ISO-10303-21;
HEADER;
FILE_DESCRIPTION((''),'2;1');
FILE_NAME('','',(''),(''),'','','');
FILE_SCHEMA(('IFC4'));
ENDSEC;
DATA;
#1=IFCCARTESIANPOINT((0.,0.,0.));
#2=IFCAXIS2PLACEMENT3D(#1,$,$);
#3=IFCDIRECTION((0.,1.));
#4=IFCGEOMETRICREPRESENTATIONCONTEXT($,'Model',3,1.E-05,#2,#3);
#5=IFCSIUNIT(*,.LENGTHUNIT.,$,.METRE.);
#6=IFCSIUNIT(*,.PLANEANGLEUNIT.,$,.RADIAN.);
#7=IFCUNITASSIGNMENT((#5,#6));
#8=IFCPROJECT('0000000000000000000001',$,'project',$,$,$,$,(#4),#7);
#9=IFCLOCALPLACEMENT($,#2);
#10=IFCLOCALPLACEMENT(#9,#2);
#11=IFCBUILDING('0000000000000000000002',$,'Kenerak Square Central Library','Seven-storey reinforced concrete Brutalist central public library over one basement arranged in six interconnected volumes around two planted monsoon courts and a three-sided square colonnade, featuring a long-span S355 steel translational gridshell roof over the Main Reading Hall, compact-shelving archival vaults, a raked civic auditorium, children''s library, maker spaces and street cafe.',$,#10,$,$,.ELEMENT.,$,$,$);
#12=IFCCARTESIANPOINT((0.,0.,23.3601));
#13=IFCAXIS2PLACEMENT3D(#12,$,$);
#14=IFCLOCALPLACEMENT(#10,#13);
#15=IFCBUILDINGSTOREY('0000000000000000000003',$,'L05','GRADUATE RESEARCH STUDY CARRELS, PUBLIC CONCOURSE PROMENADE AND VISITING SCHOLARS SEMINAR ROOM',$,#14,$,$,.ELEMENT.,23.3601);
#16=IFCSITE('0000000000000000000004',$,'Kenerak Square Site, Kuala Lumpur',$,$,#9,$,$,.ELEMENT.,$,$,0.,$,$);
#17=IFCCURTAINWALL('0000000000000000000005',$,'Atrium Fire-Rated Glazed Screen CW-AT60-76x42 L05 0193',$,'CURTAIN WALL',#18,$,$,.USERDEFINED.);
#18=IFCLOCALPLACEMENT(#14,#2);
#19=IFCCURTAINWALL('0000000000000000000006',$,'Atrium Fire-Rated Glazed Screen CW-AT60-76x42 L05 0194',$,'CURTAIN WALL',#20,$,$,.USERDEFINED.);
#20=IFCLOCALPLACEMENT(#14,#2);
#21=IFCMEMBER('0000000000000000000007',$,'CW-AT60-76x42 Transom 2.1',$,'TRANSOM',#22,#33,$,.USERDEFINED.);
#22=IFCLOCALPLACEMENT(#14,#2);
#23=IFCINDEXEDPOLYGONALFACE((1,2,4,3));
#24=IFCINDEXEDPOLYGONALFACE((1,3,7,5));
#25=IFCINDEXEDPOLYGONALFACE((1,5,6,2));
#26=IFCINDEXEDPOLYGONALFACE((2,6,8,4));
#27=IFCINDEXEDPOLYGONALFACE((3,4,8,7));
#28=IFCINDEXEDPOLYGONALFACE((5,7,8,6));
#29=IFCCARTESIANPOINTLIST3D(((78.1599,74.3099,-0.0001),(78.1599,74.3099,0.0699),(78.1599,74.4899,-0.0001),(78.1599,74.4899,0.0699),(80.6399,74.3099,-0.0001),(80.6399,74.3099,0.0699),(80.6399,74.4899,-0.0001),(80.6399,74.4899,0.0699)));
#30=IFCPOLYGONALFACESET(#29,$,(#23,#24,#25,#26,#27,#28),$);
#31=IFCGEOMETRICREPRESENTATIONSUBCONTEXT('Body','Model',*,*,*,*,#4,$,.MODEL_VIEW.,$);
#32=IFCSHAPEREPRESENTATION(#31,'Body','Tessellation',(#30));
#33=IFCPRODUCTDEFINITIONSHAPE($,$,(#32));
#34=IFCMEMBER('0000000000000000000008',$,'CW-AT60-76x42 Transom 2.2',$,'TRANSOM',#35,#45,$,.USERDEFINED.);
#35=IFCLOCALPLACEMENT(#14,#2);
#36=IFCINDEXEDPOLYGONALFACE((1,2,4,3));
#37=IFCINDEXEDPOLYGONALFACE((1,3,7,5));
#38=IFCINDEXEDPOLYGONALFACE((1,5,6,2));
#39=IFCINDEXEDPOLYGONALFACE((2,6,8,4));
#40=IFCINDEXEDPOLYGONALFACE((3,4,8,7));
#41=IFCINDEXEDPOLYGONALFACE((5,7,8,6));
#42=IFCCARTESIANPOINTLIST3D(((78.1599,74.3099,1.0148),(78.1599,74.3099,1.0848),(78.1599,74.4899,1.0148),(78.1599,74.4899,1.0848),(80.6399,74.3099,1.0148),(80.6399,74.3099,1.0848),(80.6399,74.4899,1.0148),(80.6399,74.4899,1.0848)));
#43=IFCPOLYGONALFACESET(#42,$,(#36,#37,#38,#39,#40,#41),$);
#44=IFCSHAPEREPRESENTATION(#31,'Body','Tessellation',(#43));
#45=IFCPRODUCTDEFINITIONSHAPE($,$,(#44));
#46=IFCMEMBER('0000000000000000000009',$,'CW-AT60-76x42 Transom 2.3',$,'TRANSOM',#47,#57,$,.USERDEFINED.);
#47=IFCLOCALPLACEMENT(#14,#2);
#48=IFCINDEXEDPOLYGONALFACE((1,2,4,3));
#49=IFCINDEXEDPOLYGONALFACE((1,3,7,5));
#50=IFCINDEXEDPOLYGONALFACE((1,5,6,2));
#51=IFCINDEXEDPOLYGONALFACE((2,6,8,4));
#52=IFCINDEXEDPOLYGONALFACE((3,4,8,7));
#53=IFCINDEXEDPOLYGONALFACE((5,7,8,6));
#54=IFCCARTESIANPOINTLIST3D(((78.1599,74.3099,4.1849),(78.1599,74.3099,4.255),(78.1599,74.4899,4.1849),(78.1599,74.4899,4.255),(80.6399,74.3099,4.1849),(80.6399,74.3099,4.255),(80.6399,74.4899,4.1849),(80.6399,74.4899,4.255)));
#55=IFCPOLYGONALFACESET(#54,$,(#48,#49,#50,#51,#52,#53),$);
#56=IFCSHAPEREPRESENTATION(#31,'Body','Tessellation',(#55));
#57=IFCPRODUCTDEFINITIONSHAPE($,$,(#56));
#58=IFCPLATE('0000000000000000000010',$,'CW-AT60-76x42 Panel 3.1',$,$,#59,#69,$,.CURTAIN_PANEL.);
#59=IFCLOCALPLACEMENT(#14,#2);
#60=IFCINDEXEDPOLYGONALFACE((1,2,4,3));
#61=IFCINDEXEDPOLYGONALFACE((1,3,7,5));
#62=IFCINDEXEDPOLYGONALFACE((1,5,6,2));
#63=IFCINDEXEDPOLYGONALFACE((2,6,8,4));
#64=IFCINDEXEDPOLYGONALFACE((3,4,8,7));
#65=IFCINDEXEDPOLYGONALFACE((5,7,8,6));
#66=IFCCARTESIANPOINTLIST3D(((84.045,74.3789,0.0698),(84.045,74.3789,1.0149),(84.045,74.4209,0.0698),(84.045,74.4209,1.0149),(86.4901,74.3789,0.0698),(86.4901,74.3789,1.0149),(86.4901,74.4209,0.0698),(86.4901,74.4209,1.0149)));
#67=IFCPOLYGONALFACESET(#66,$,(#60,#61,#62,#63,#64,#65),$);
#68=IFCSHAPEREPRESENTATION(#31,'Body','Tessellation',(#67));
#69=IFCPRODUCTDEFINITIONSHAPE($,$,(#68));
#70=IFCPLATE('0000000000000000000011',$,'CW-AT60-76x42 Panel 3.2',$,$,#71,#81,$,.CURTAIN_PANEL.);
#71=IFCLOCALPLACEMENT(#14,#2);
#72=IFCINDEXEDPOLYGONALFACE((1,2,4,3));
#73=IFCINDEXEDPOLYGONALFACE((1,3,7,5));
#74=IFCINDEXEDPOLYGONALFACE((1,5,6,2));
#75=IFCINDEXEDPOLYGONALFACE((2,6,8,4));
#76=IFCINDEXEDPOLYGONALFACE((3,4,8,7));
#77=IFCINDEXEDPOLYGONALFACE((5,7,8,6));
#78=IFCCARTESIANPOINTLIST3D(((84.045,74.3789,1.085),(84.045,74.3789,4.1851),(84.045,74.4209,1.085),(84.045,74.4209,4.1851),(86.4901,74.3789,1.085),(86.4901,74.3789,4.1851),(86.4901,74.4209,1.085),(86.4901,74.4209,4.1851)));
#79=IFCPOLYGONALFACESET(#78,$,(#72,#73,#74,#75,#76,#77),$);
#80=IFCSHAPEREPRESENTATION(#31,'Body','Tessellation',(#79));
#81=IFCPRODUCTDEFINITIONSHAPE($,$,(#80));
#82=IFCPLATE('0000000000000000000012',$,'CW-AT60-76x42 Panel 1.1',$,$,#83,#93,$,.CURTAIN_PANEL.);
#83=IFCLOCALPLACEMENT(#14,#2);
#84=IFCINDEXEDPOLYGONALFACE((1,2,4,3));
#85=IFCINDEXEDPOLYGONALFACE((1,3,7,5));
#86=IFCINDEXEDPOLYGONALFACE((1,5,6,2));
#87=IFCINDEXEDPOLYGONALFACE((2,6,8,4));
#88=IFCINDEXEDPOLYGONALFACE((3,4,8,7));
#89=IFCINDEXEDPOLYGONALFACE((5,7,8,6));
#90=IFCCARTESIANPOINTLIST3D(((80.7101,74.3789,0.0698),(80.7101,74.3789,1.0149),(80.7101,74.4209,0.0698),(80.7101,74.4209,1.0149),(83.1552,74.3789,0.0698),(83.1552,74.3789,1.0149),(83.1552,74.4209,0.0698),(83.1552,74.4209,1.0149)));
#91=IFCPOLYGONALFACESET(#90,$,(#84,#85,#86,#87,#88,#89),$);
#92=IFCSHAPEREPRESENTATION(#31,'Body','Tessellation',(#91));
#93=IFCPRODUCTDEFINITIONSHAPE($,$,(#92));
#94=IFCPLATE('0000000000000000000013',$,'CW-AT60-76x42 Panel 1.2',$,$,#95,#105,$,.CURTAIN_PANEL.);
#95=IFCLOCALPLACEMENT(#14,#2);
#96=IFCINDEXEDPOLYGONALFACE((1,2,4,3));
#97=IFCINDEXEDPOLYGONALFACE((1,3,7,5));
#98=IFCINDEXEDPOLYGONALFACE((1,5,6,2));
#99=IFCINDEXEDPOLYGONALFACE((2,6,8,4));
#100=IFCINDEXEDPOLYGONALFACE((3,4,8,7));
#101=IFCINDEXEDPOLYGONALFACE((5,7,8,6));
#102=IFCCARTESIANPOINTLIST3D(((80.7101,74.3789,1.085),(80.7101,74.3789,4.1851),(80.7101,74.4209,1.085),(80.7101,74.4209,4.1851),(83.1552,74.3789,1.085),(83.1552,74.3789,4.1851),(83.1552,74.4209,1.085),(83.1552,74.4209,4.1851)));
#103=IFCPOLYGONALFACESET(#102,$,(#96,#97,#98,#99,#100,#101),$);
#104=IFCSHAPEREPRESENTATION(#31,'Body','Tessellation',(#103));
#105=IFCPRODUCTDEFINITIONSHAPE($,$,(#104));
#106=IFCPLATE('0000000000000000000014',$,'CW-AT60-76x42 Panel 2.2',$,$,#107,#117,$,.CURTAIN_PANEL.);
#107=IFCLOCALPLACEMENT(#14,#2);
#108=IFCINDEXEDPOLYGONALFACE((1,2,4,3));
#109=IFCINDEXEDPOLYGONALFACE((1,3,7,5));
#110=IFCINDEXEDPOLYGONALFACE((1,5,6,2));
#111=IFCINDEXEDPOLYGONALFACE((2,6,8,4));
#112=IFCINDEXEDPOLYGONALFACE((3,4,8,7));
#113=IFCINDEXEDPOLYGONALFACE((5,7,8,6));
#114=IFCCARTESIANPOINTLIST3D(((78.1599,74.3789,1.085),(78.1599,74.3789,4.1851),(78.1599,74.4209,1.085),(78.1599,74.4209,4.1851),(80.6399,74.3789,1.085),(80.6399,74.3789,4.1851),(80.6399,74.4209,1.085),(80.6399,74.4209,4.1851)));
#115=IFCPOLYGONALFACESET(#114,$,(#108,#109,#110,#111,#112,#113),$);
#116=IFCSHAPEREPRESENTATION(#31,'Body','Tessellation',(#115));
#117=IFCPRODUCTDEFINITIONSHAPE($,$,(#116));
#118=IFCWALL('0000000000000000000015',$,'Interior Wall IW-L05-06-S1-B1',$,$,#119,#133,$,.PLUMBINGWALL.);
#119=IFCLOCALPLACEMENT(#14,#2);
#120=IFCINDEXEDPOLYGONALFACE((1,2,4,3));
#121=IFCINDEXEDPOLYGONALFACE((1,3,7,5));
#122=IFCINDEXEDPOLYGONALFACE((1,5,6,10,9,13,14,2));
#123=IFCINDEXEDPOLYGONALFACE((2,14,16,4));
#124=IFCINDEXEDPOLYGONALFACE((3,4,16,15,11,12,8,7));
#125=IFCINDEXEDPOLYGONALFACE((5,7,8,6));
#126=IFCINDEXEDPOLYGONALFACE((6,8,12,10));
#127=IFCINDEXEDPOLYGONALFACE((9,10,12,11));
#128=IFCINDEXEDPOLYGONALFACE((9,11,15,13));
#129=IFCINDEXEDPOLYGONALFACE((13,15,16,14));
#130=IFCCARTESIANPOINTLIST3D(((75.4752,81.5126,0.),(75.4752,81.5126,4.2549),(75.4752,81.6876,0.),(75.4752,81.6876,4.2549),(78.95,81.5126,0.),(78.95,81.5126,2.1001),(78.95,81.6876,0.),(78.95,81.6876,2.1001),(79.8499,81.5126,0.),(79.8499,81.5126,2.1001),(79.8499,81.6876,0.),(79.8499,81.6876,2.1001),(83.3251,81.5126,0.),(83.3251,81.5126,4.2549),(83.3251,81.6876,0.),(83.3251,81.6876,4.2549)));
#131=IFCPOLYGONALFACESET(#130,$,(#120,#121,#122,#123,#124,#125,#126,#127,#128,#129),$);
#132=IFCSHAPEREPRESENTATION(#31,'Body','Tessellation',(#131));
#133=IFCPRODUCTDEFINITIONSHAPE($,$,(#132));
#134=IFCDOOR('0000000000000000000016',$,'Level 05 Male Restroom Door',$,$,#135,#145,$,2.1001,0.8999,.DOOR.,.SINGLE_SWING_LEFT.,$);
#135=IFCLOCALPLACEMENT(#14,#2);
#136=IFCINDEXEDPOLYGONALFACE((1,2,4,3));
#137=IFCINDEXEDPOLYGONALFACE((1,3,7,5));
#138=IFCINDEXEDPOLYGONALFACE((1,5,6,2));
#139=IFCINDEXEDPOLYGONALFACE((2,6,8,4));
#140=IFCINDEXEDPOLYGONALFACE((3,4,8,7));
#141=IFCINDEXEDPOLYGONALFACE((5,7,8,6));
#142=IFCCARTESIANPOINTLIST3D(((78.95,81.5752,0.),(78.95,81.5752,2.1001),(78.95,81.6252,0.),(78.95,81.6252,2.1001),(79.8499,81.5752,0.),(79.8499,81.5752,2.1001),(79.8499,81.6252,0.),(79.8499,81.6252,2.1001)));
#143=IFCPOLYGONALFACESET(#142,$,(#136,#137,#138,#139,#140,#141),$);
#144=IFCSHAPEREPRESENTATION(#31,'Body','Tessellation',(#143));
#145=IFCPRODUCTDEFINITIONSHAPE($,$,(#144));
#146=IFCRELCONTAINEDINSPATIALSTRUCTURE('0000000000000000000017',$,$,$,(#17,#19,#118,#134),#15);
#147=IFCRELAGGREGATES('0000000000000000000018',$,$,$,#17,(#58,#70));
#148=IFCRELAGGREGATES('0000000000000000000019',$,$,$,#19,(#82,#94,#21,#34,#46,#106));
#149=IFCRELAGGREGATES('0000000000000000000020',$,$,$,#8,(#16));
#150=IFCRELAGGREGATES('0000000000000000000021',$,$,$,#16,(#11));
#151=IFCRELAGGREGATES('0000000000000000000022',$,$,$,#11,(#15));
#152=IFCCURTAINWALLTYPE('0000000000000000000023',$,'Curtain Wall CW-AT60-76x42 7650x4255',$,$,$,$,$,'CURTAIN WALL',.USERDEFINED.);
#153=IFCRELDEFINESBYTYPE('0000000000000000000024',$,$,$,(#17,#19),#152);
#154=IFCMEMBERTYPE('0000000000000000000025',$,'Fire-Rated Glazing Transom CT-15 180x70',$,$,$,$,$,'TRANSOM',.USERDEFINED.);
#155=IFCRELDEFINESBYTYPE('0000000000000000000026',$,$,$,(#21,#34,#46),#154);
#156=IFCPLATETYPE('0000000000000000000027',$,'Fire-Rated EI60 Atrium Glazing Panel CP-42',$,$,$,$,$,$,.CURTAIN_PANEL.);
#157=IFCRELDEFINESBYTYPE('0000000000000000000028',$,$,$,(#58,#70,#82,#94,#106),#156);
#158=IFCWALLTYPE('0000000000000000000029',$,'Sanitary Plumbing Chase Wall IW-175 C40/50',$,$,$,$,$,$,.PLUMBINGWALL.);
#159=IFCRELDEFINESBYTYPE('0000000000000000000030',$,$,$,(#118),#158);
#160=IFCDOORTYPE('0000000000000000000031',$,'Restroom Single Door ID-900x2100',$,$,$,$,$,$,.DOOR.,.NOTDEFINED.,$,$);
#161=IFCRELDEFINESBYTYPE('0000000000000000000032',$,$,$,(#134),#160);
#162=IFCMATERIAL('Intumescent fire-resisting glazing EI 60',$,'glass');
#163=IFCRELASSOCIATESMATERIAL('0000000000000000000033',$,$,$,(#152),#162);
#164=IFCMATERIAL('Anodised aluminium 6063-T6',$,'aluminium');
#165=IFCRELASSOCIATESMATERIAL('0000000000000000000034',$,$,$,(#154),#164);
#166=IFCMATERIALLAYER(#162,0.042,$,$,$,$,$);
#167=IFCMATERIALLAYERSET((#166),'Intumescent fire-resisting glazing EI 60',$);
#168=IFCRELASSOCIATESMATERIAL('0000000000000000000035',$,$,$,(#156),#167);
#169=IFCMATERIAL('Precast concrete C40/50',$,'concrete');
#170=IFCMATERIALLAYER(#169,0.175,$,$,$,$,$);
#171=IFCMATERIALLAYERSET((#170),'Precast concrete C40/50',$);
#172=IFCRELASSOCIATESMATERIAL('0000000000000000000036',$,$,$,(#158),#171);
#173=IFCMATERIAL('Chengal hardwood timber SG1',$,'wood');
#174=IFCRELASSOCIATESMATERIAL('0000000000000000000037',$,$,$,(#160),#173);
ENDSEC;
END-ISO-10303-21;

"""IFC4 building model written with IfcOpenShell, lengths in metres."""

from ifc_helpers import new_model, si_unit, direction, frame, frame_2d, origin, origin_2d, place, context, subcontext, project, spatial, rectangle, extrude, material, layer, layer_set, material_profile, profile_set, type_object, element, fill, aggregate, save


model = new_model("IFC4")

# Units and contexts
model_context = context("Model", 3, precision=1e-05, world=origin(), true_north=direction((0.0, 1.0)))
body_context = subcontext(model_context, "Body", "Model", "MODEL_VIEW")
ifc_project = project(units=[si_unit("LENGTHUNIT", "METRE"), si_unit("PLANEANGLEUNIT", "RADIAN")], contexts=[model_context])

# Site, building, storey
site_placement = place(None, origin())
site = spatial("IfcSite", under=ifc_project, at=site_placement, Name="Kenerak Square Site, Kuala Lumpur", CompositionType="ELEMENT", RefElevation=0.0)
building_placement = place(site_placement, origin())
building = spatial("IfcBuilding", under=site, at=building_placement, Name="Kenerak Square Central Library", Description="Seven-storey reinforced concrete Brutalist central public library over one basement arranged in six interconnected volumes around two planted monsoon courts and a three-sided square colonnade, featuring a long-span S355 steel translational gridshell roof over the Main Reading Hall, compact-shelving archival vaults, a raked civic auditorium, children's library, maker spaces and street cafe.", CompositionType="ELEMENT")
storey_placement = place(building_placement, frame((0.0, 0.0, 23.3601)))
storey = spatial("IfcBuildingStorey", under=building, at=storey_placement, Name="L05", Description="GRADUATE RESEARCH STUDY CARRELS, PUBLIC CONCOURSE PROMENADE AND VISITING SCHOLARS SEMINAR ROOM", CompositionType="ELEMENT", Elevation=23.3601)

# Curtain walls
ifc_material_1 = material(Name="Intumescent fire-resisting glazing EI 60", Category="glass")
curtain_wall_type = type_object("IfcCurtainWallType", Name="Curtain Wall CW-AT60-76x42 7650x4255", ElementType="CURTAIN WALL", PredefinedType="USERDEFINED", material=ifc_material_1)
curtain_wall_1_placement = place(storey_placement, origin())
curtain_wall_1 = element("IfcCurtainWall", 1, at=curtain_wall_1_placement, inside=storey, type_object=curtain_wall_type, Name="Atrium Fire-Rated Glazed Screen CW-AT60-76x42 L05 0193", ObjectType="CURTAIN WALL", PredefinedType="USERDEFINED")
ifc_material_2 = material(Name="Anodised aluminium 6063-T6", Category="aluminium")
curtain_wall_2_placement = place(storey_placement, origin())
curtain_wall_2 = element("IfcCurtainWall", 2, at=curtain_wall_2_placement, inside=storey, type_object=curtain_wall_type, Name="Atrium Fire-Rated Glazed Screen CW-AT60-76x42 L05 0194", ObjectType="CURTAIN WALL", PredefinedType="USERDEFINED")

# Members
ifc_material_profile_1 = material_profile(ifc_material_2, rectangle(XDim=0.1799, YDim=0.0701, at=origin_2d()), Name="AL TRANSOM 180x70")
ifc_profile_set_1 = profile_set([ifc_material_profile_1], Name="Anodised aluminium 6063-T6")
member_type_1 = type_object("IfcMemberType", Name="Fire-Rated Glazing Transom CT-15 180x70", ElementType="TRANSOM", PredefinedType="USERDEFINED", material=ifc_profile_set_1)
member_1_placement = place(storey_placement, frame((80.6399, 74.3999, 0.0349), z_axis=(-1.0, 0.0, 0.0), x_axis=(0.0, -1.0, 0.0)))
member_1 = element("IfcMember", 3, at=member_1_placement, type_object=member_type_1, Name="CW-AT60-76x42 Transom 2.1", ObjectType="TRANSOM", PredefinedType="USERDEFINED", context=body_context, shape_type="SweptSolid", body=[
    extrude(rectangle(XDim=0.1799, YDim=0.0701, at=origin_2d()), origin(), (0.0, 0.0, 1.0), 2.48),
])
member_2_placement = place(storey_placement, frame((80.6399, 74.3999, 1.0498), z_axis=(-1.0, 0.0, 0.0), x_axis=(0.0, -1.0, 0.0)))
member_2 = element("IfcMember", 4, at=member_2_placement, type_object=member_type_1, Name="CW-AT60-76x42 Transom 2.2", ObjectType="TRANSOM", PredefinedType="USERDEFINED", context=body_context, shape_type="SweptSolid", body=[
    extrude(rectangle(XDim=0.1799, YDim=0.0701, at=origin_2d()), origin(), (0.0, 0.0, 1.0), 2.48),
])
member_3_placement = place(storey_placement, frame((80.6399, 74.3999, 4.22), z_axis=(-1.0, 0.0, 0.0), x_axis=(0.0, -1.0, 0.0)))
member_3 = element("IfcMember", 5, at=member_3_placement, type_object=member_type_1, Name="CW-AT60-76x42 Transom 2.3", ObjectType="TRANSOM", PredefinedType="USERDEFINED", context=body_context, shape_type="SweptSolid", body=[
    extrude(rectangle(XDim=0.1799, YDim=0.0701, at=origin_2d()), origin(), (0.0, 0.0, 1.0), 2.48),
])

# Plates
ifc_layer_1 = layer(ifc_material_1, 0.042)
ifc_layer_set_1 = layer_set([ifc_layer_1], Name="Intumescent fire-resisting glazing EI 60")
plate_type = type_object("IfcPlateType", Name="Fire-Rated EI60 Atrium Glazing Panel CP-42", PredefinedType="CURTAIN_PANEL", material=ifc_layer_set_1)
plate_1_placement = place(storey_placement, frame((85.2676, 74.3999, 0.0698), z_axis=(0.0, 0.0, 1.0), x_axis=(-1.0, 0.0, 0.0)))
plate_1 = element("IfcPlate", 6, at=plate_1_placement, type_object=plate_type, Name="CW-AT60-76x42 Panel 3.1", PredefinedType="CURTAIN_PANEL", context=body_context, shape_type="SweptSolid", body=[
    extrude(rectangle(XDim=2.4451, YDim=0.042, at=origin_2d()), origin(), (0.0, 0.0, 1.0), 0.9451),
])
plate_2_placement = place(storey_placement, frame((85.2676, 74.3999, 1.085), z_axis=(0.0, 0.0, 1.0), x_axis=(-1.0, 0.0, 0.0)))
plate_2 = element("IfcPlate", 7, at=plate_2_placement, type_object=plate_type, Name="CW-AT60-76x42 Panel 3.2", PredefinedType="CURTAIN_PANEL", context=body_context, shape_type="SweptSolid", body=[
    extrude(rectangle(XDim=2.4451, YDim=0.042, at=origin_2d()), origin(), (0.0, 0.0, 1.0), 3.1001),
])
aggregate(curtain_wall_1, [plate_1, plate_2])
plate_3_placement = place(storey_placement, frame((81.9326, 74.3999, 0.0698), z_axis=(0.0, 0.0, 1.0), x_axis=(-1.0, 0.0, 0.0)))
plate_3 = element("IfcPlate", 8, at=plate_3_placement, type_object=plate_type, Name="CW-AT60-76x42 Panel 1.1", PredefinedType="CURTAIN_PANEL", context=body_context, shape_type="SweptSolid", body=[
    extrude(rectangle(XDim=2.4451, YDim=0.042, at=origin_2d()), origin(), (0.0, 0.0, 1.0), 0.9451),
])
plate_4_placement = place(storey_placement, frame((81.9326, 74.3999, 1.085), z_axis=(0.0, 0.0, 1.0), x_axis=(-1.0, 0.0, 0.0)))
plate_4 = element("IfcPlate", 9, at=plate_4_placement, type_object=plate_type, Name="CW-AT60-76x42 Panel 1.2", PredefinedType="CURTAIN_PANEL", context=body_context, shape_type="SweptSolid", body=[
    extrude(rectangle(XDim=2.4451, YDim=0.042, at=origin_2d()), origin(), (0.0, 0.0, 1.0), 3.1001),
])
plate_5_placement = place(storey_placement, frame((79.3999, 74.3999, 1.085), z_axis=(0.0, 0.0, 1.0), x_axis=(-1.0, 0.0, 0.0)))
plate_5 = element("IfcPlate", 10, at=plate_5_placement, type_object=plate_type, Name="CW-AT60-76x42 Panel 2.2", PredefinedType="CURTAIN_PANEL", context=body_context, shape_type="SweptSolid", body=[
    extrude(rectangle(XDim=2.48, YDim=0.042, at=origin_2d()), origin(), (0.0, 0.0, 1.0), 3.1001),
])
aggregate(curtain_wall_2, [plate_3, plate_4, member_1, member_2, member_3, plate_5])

# Wall, opening, door
ifc_material_3 = material(Name="Precast concrete C40/50", Category="concrete")
ifc_layer_2 = layer(ifc_material_3, 0.175)
ifc_layer_set_2 = layer_set([ifc_layer_2], Name="Precast concrete C40/50")
wall_type = type_object("IfcWallType", Name="Sanitary Plumbing Chase Wall IW-175 C40/50", PredefinedType="PLUMBINGWALL", material=ifc_layer_set_2)
wall_placement = place(storey_placement, frame((83.325, 81.6001, 0.0), z_axis=(0.0, 0.0, 1.0), x_axis=(-1.0, 0.0, 0.0)))
wall = element("IfcWall", 11, at=wall_placement, inside=storey, type_object=wall_type, Name="Interior Wall IW-L05-06-S1-B1", PredefinedType="PLUMBINGWALL", context=body_context, shape_type="SweptSolid", body=[
    extrude(rectangle(XDim=7.8499, YDim=0.175, at=frame_2d((3.9248, 0.0))), origin(), (0.0, 0.0, 1.0), 4.2549),
])
opening_placement = place(wall_placement, frame((3.4751, 0.0, 0.0)))
opening = element("IfcOpeningElement", 12, at=opening_placement, cuts=wall, PredefinedType="OPENING", context=body_context, shape_type="SweptSolid", body=[
    extrude(rectangle(XDim=0.8999, YDim=2.1001, at=frame_2d((0.45, 1.05))), frame((0.0, 0.0974, 0.0), z_axis=(0.0, -1.0, 0.0), x_axis=(1.0, 0.0, 0.0)), (0.0, 0.0, 1.0), 0.1951),
])
ifc_material_4 = material(Name="Chengal hardwood timber SG1", Category="wood")
door_type = type_object("IfcDoorType", Name="Restroom Single Door ID-900x2100", OperationType="NOTDEFINED", PredefinedType="DOOR", material=ifc_material_4)
door_placement = place(opening_placement, origin())
door = element("IfcDoor", 13, at=door_placement, inside=storey, type_object=door_type, Name="Level 05 Male Restroom Door", OperationType="SINGLE_SWING_LEFT", OverallHeight=2.1001, OverallWidth=0.8999, PredefinedType="DOOR", context=body_context, shape_type="SweptSolid", body=[
    extrude(rectangle(XDim=0.8999, YDim=2.1001, at=frame_2d((0.45, 1.05))), frame((0.0, 0.0249, 0.0), z_axis=(0.0, -1.0, 0.0), x_axis=(1.0, 0.0, 0.0)), (0.0, 0.0, 1.0), 0.05),
])
fill(opening, door)

save(model, "model.ifc")
